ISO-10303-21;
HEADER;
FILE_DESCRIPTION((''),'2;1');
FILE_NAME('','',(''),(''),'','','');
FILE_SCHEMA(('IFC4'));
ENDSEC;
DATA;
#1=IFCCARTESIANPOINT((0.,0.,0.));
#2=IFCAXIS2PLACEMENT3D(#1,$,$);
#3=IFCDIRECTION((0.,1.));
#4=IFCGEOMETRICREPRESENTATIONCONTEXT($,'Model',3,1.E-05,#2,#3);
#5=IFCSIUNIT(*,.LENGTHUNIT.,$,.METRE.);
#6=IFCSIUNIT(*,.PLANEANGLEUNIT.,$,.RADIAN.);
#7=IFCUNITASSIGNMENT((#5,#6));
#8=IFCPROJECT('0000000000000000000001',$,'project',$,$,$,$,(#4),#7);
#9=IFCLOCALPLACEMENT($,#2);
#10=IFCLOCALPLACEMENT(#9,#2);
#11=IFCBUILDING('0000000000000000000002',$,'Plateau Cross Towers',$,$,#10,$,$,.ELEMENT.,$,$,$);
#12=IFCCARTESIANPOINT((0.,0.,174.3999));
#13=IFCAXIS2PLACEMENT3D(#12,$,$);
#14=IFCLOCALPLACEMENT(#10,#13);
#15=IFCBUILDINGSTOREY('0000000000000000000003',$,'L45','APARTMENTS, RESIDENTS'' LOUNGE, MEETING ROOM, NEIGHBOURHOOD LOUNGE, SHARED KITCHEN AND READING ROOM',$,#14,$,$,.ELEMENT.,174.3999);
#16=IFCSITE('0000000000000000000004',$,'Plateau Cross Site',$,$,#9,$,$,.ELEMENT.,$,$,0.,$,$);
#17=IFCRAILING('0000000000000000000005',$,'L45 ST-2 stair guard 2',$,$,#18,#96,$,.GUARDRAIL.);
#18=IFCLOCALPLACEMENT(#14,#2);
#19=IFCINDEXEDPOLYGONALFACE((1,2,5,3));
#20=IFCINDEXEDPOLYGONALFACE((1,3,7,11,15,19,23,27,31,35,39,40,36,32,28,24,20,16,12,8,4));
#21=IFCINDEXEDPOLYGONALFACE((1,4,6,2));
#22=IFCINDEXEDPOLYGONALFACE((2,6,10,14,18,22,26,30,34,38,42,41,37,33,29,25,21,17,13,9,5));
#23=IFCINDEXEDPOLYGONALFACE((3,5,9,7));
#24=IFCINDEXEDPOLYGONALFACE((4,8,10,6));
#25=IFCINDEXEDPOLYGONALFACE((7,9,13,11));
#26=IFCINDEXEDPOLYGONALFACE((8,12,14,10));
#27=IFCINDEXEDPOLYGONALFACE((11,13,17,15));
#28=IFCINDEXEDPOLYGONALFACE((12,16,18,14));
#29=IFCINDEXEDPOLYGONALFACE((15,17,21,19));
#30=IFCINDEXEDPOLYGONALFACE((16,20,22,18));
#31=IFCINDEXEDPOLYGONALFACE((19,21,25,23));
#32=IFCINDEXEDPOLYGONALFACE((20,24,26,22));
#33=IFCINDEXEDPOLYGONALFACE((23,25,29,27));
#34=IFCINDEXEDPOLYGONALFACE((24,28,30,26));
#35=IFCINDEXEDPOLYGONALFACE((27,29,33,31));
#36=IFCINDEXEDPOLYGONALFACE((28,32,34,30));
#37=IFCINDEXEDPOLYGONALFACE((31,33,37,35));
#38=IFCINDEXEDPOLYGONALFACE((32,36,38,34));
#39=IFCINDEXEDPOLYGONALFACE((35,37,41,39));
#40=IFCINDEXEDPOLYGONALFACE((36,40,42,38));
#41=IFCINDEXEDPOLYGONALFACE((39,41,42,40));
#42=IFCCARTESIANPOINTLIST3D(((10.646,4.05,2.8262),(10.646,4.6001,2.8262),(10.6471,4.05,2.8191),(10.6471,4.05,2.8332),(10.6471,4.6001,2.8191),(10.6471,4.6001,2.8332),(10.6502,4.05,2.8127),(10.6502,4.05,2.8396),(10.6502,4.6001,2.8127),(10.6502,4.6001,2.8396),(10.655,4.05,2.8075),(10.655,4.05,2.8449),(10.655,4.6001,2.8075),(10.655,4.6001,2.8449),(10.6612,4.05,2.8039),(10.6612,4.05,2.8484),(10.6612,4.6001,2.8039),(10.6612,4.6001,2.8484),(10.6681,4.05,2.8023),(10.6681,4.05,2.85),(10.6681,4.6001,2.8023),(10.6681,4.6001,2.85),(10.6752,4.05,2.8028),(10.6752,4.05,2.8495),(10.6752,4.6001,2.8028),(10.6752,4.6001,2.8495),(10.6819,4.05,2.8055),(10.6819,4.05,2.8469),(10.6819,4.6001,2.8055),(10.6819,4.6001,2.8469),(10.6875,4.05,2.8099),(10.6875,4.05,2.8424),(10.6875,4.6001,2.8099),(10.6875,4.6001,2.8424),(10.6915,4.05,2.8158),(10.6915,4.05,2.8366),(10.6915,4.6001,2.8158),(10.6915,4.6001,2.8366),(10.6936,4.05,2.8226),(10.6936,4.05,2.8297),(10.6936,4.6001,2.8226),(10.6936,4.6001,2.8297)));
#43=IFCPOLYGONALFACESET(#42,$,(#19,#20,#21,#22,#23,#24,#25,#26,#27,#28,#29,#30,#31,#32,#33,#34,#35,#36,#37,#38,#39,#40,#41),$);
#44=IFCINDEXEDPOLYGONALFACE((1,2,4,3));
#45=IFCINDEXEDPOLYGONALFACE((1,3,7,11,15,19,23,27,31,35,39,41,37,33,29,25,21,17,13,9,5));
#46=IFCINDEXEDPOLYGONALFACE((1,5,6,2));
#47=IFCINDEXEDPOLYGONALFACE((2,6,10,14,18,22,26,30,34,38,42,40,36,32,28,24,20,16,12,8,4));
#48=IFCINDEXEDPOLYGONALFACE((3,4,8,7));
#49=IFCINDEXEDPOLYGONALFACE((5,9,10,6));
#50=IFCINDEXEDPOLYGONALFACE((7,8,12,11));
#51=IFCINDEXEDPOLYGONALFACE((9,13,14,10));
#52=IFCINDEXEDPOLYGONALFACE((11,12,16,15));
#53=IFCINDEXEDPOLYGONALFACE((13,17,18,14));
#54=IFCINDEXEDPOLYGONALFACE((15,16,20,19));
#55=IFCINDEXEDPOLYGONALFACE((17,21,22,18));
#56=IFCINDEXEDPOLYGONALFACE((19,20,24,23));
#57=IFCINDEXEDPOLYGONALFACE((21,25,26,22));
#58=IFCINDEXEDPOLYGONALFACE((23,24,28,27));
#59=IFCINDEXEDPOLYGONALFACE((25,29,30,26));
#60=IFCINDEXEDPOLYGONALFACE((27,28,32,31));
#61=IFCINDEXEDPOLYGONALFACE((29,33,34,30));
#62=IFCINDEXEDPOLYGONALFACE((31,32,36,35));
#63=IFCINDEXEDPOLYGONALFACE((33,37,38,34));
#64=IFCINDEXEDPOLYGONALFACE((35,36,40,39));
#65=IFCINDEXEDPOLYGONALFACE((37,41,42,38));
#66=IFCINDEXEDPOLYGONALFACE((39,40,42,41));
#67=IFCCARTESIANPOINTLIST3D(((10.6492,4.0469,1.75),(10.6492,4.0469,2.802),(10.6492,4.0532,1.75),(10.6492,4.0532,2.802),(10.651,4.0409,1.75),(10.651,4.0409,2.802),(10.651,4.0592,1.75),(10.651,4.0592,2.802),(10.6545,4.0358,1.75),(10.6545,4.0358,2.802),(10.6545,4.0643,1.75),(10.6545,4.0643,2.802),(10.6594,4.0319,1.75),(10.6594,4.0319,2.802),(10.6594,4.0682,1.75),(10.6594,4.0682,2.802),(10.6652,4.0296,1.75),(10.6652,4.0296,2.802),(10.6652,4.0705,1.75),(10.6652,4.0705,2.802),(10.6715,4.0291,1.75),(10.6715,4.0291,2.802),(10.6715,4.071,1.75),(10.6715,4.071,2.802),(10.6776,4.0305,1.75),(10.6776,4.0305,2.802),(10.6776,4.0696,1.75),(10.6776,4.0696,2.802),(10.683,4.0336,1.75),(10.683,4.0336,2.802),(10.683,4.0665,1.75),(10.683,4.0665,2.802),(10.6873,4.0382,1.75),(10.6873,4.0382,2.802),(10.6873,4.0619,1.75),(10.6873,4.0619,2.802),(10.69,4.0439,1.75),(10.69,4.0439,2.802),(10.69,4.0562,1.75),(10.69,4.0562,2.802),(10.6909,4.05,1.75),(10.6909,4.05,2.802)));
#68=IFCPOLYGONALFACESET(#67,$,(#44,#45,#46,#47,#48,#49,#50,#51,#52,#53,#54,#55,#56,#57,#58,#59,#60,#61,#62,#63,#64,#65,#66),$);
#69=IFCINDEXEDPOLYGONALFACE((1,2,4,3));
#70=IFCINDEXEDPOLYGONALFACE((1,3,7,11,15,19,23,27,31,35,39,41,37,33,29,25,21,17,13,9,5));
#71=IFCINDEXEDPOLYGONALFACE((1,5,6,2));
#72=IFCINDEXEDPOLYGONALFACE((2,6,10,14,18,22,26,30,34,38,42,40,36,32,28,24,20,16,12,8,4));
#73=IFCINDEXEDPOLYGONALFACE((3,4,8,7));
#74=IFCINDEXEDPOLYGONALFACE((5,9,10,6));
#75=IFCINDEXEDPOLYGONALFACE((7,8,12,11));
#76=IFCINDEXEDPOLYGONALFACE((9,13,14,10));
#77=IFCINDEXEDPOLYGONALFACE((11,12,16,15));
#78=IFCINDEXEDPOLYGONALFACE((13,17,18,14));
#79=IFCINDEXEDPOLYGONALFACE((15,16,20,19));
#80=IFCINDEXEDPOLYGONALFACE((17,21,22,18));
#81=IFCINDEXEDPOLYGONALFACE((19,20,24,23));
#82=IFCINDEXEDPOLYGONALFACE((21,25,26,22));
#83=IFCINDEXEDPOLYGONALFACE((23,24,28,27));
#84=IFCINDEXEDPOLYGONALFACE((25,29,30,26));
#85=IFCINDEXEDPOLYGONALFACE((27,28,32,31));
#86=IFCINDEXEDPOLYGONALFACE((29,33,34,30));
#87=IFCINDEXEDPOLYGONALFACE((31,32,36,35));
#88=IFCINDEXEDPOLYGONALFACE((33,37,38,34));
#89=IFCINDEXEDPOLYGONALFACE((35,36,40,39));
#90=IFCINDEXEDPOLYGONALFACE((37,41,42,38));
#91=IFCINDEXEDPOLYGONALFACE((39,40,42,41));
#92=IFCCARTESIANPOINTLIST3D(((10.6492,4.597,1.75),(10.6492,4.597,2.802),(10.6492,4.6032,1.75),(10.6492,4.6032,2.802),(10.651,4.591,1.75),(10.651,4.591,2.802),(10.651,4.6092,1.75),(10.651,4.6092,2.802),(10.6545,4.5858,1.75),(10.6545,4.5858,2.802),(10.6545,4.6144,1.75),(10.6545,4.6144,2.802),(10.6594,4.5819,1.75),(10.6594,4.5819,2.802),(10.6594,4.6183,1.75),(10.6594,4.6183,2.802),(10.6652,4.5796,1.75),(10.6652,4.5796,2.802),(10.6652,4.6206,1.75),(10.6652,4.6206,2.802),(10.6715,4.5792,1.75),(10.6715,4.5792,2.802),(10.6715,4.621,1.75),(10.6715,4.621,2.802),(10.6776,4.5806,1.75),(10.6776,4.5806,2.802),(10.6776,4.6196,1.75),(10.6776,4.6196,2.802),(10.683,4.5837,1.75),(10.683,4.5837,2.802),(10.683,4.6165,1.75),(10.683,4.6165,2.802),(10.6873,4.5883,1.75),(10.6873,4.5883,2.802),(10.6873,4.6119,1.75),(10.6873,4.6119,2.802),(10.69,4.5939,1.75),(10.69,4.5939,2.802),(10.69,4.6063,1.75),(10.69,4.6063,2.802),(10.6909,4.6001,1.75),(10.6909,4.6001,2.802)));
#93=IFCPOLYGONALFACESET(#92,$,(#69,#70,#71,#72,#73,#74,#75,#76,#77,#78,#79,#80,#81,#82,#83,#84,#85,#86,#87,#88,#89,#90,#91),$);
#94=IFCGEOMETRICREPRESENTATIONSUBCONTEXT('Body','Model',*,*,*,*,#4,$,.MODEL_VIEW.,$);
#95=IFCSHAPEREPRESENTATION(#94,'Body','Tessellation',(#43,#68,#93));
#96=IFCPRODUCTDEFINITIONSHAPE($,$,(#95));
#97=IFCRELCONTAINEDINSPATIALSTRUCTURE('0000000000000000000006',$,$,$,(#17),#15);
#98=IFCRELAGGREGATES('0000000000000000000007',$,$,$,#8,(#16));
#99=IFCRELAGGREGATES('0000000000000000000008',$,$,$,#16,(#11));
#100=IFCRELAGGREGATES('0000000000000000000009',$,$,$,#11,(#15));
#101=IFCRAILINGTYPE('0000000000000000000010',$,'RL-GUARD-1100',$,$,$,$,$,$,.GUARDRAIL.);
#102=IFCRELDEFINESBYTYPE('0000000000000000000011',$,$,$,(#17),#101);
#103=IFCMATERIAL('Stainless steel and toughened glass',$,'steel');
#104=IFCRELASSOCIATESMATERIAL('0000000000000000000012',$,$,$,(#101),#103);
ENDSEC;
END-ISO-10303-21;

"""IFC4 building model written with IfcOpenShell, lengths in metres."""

from ifc_helpers import new_model, si_unit, direction, frame, origin, origin_2d, place, context, subcontext, project, spatial, circle, extrude, material, type_object, element, save


model = new_model("IFC4")

# Units and contexts
model_context = context("Model", 3, precision=1e-05, world=origin(), true_north=direction((0.0, 1.0)))
body_context = subcontext(model_context, "Body", "Model", "MODEL_VIEW")
ifc_project = project(units=[si_unit("LENGTHUNIT", "METRE"), si_unit("PLANEANGLEUNIT", "RADIAN")], contexts=[model_context])

# Site, building, storey
site_placement = place(None, origin())
site = spatial("IfcSite", under=ifc_project, at=site_placement, Name="Plateau Cross Site", CompositionType="ELEMENT", RefElevation=0.0)
building_placement = place(site_placement, origin())
building = spatial("IfcBuilding", under=site, at=building_placement, Name="Plateau Cross Towers", CompositionType="ELEMENT")
storey_placement = place(building_placement, frame((0.0, 0.0, 174.3999)))
storey = spatial("IfcBuildingStorey", under=building, at=storey_placement, Name="L45", Description="APARTMENTS, RESIDENTS' LOUNGE, MEETING ROOM, NEIGHBOURHOOD LOUNGE, SHARED KITCHEN AND READING ROOM", CompositionType="ELEMENT", Elevation=174.3999)

# Railing
ifc_material_1 = material(Name="Stainless steel and toughened glass", Category="steel")
railing_type_1 = type_object("IfcRailingType", Name="RL-GUARD-1100", PredefinedType="GUARDRAIL", material=ifc_material_1)
railing_1_placement = place(storey_placement, frame((10.6699, 4.05, 1.75)))
element("IfcRailing", 1, at=railing_1_placement, inside=storey, type_object=railing_type_1, Name="L45 ST-2 stair guard 2", PredefinedType="GUARDRAIL", context=body_context, shape_type="SweptSolid", body=[
    extrude(circle(Radius=0.0239, at=origin_2d()), frame((0.0, 0.0, 1.0762), z_axis=(0.0, 1.0, 0.0), x_axis=(-1.0, 0.0, 0.0)), (0.0, 0.0, 1.0), 0.55),
    extrude(circle(Radius=0.021, at=origin_2d()), origin(), (0.0, 0.0, 1.0), 1.052),
    extrude(circle(Radius=0.021, at=origin_2d()), frame((0.0, 0.55, 0.0)), (0.0, 0.0, 1.0), 1.052),
])

save(model, "model.ifc")
